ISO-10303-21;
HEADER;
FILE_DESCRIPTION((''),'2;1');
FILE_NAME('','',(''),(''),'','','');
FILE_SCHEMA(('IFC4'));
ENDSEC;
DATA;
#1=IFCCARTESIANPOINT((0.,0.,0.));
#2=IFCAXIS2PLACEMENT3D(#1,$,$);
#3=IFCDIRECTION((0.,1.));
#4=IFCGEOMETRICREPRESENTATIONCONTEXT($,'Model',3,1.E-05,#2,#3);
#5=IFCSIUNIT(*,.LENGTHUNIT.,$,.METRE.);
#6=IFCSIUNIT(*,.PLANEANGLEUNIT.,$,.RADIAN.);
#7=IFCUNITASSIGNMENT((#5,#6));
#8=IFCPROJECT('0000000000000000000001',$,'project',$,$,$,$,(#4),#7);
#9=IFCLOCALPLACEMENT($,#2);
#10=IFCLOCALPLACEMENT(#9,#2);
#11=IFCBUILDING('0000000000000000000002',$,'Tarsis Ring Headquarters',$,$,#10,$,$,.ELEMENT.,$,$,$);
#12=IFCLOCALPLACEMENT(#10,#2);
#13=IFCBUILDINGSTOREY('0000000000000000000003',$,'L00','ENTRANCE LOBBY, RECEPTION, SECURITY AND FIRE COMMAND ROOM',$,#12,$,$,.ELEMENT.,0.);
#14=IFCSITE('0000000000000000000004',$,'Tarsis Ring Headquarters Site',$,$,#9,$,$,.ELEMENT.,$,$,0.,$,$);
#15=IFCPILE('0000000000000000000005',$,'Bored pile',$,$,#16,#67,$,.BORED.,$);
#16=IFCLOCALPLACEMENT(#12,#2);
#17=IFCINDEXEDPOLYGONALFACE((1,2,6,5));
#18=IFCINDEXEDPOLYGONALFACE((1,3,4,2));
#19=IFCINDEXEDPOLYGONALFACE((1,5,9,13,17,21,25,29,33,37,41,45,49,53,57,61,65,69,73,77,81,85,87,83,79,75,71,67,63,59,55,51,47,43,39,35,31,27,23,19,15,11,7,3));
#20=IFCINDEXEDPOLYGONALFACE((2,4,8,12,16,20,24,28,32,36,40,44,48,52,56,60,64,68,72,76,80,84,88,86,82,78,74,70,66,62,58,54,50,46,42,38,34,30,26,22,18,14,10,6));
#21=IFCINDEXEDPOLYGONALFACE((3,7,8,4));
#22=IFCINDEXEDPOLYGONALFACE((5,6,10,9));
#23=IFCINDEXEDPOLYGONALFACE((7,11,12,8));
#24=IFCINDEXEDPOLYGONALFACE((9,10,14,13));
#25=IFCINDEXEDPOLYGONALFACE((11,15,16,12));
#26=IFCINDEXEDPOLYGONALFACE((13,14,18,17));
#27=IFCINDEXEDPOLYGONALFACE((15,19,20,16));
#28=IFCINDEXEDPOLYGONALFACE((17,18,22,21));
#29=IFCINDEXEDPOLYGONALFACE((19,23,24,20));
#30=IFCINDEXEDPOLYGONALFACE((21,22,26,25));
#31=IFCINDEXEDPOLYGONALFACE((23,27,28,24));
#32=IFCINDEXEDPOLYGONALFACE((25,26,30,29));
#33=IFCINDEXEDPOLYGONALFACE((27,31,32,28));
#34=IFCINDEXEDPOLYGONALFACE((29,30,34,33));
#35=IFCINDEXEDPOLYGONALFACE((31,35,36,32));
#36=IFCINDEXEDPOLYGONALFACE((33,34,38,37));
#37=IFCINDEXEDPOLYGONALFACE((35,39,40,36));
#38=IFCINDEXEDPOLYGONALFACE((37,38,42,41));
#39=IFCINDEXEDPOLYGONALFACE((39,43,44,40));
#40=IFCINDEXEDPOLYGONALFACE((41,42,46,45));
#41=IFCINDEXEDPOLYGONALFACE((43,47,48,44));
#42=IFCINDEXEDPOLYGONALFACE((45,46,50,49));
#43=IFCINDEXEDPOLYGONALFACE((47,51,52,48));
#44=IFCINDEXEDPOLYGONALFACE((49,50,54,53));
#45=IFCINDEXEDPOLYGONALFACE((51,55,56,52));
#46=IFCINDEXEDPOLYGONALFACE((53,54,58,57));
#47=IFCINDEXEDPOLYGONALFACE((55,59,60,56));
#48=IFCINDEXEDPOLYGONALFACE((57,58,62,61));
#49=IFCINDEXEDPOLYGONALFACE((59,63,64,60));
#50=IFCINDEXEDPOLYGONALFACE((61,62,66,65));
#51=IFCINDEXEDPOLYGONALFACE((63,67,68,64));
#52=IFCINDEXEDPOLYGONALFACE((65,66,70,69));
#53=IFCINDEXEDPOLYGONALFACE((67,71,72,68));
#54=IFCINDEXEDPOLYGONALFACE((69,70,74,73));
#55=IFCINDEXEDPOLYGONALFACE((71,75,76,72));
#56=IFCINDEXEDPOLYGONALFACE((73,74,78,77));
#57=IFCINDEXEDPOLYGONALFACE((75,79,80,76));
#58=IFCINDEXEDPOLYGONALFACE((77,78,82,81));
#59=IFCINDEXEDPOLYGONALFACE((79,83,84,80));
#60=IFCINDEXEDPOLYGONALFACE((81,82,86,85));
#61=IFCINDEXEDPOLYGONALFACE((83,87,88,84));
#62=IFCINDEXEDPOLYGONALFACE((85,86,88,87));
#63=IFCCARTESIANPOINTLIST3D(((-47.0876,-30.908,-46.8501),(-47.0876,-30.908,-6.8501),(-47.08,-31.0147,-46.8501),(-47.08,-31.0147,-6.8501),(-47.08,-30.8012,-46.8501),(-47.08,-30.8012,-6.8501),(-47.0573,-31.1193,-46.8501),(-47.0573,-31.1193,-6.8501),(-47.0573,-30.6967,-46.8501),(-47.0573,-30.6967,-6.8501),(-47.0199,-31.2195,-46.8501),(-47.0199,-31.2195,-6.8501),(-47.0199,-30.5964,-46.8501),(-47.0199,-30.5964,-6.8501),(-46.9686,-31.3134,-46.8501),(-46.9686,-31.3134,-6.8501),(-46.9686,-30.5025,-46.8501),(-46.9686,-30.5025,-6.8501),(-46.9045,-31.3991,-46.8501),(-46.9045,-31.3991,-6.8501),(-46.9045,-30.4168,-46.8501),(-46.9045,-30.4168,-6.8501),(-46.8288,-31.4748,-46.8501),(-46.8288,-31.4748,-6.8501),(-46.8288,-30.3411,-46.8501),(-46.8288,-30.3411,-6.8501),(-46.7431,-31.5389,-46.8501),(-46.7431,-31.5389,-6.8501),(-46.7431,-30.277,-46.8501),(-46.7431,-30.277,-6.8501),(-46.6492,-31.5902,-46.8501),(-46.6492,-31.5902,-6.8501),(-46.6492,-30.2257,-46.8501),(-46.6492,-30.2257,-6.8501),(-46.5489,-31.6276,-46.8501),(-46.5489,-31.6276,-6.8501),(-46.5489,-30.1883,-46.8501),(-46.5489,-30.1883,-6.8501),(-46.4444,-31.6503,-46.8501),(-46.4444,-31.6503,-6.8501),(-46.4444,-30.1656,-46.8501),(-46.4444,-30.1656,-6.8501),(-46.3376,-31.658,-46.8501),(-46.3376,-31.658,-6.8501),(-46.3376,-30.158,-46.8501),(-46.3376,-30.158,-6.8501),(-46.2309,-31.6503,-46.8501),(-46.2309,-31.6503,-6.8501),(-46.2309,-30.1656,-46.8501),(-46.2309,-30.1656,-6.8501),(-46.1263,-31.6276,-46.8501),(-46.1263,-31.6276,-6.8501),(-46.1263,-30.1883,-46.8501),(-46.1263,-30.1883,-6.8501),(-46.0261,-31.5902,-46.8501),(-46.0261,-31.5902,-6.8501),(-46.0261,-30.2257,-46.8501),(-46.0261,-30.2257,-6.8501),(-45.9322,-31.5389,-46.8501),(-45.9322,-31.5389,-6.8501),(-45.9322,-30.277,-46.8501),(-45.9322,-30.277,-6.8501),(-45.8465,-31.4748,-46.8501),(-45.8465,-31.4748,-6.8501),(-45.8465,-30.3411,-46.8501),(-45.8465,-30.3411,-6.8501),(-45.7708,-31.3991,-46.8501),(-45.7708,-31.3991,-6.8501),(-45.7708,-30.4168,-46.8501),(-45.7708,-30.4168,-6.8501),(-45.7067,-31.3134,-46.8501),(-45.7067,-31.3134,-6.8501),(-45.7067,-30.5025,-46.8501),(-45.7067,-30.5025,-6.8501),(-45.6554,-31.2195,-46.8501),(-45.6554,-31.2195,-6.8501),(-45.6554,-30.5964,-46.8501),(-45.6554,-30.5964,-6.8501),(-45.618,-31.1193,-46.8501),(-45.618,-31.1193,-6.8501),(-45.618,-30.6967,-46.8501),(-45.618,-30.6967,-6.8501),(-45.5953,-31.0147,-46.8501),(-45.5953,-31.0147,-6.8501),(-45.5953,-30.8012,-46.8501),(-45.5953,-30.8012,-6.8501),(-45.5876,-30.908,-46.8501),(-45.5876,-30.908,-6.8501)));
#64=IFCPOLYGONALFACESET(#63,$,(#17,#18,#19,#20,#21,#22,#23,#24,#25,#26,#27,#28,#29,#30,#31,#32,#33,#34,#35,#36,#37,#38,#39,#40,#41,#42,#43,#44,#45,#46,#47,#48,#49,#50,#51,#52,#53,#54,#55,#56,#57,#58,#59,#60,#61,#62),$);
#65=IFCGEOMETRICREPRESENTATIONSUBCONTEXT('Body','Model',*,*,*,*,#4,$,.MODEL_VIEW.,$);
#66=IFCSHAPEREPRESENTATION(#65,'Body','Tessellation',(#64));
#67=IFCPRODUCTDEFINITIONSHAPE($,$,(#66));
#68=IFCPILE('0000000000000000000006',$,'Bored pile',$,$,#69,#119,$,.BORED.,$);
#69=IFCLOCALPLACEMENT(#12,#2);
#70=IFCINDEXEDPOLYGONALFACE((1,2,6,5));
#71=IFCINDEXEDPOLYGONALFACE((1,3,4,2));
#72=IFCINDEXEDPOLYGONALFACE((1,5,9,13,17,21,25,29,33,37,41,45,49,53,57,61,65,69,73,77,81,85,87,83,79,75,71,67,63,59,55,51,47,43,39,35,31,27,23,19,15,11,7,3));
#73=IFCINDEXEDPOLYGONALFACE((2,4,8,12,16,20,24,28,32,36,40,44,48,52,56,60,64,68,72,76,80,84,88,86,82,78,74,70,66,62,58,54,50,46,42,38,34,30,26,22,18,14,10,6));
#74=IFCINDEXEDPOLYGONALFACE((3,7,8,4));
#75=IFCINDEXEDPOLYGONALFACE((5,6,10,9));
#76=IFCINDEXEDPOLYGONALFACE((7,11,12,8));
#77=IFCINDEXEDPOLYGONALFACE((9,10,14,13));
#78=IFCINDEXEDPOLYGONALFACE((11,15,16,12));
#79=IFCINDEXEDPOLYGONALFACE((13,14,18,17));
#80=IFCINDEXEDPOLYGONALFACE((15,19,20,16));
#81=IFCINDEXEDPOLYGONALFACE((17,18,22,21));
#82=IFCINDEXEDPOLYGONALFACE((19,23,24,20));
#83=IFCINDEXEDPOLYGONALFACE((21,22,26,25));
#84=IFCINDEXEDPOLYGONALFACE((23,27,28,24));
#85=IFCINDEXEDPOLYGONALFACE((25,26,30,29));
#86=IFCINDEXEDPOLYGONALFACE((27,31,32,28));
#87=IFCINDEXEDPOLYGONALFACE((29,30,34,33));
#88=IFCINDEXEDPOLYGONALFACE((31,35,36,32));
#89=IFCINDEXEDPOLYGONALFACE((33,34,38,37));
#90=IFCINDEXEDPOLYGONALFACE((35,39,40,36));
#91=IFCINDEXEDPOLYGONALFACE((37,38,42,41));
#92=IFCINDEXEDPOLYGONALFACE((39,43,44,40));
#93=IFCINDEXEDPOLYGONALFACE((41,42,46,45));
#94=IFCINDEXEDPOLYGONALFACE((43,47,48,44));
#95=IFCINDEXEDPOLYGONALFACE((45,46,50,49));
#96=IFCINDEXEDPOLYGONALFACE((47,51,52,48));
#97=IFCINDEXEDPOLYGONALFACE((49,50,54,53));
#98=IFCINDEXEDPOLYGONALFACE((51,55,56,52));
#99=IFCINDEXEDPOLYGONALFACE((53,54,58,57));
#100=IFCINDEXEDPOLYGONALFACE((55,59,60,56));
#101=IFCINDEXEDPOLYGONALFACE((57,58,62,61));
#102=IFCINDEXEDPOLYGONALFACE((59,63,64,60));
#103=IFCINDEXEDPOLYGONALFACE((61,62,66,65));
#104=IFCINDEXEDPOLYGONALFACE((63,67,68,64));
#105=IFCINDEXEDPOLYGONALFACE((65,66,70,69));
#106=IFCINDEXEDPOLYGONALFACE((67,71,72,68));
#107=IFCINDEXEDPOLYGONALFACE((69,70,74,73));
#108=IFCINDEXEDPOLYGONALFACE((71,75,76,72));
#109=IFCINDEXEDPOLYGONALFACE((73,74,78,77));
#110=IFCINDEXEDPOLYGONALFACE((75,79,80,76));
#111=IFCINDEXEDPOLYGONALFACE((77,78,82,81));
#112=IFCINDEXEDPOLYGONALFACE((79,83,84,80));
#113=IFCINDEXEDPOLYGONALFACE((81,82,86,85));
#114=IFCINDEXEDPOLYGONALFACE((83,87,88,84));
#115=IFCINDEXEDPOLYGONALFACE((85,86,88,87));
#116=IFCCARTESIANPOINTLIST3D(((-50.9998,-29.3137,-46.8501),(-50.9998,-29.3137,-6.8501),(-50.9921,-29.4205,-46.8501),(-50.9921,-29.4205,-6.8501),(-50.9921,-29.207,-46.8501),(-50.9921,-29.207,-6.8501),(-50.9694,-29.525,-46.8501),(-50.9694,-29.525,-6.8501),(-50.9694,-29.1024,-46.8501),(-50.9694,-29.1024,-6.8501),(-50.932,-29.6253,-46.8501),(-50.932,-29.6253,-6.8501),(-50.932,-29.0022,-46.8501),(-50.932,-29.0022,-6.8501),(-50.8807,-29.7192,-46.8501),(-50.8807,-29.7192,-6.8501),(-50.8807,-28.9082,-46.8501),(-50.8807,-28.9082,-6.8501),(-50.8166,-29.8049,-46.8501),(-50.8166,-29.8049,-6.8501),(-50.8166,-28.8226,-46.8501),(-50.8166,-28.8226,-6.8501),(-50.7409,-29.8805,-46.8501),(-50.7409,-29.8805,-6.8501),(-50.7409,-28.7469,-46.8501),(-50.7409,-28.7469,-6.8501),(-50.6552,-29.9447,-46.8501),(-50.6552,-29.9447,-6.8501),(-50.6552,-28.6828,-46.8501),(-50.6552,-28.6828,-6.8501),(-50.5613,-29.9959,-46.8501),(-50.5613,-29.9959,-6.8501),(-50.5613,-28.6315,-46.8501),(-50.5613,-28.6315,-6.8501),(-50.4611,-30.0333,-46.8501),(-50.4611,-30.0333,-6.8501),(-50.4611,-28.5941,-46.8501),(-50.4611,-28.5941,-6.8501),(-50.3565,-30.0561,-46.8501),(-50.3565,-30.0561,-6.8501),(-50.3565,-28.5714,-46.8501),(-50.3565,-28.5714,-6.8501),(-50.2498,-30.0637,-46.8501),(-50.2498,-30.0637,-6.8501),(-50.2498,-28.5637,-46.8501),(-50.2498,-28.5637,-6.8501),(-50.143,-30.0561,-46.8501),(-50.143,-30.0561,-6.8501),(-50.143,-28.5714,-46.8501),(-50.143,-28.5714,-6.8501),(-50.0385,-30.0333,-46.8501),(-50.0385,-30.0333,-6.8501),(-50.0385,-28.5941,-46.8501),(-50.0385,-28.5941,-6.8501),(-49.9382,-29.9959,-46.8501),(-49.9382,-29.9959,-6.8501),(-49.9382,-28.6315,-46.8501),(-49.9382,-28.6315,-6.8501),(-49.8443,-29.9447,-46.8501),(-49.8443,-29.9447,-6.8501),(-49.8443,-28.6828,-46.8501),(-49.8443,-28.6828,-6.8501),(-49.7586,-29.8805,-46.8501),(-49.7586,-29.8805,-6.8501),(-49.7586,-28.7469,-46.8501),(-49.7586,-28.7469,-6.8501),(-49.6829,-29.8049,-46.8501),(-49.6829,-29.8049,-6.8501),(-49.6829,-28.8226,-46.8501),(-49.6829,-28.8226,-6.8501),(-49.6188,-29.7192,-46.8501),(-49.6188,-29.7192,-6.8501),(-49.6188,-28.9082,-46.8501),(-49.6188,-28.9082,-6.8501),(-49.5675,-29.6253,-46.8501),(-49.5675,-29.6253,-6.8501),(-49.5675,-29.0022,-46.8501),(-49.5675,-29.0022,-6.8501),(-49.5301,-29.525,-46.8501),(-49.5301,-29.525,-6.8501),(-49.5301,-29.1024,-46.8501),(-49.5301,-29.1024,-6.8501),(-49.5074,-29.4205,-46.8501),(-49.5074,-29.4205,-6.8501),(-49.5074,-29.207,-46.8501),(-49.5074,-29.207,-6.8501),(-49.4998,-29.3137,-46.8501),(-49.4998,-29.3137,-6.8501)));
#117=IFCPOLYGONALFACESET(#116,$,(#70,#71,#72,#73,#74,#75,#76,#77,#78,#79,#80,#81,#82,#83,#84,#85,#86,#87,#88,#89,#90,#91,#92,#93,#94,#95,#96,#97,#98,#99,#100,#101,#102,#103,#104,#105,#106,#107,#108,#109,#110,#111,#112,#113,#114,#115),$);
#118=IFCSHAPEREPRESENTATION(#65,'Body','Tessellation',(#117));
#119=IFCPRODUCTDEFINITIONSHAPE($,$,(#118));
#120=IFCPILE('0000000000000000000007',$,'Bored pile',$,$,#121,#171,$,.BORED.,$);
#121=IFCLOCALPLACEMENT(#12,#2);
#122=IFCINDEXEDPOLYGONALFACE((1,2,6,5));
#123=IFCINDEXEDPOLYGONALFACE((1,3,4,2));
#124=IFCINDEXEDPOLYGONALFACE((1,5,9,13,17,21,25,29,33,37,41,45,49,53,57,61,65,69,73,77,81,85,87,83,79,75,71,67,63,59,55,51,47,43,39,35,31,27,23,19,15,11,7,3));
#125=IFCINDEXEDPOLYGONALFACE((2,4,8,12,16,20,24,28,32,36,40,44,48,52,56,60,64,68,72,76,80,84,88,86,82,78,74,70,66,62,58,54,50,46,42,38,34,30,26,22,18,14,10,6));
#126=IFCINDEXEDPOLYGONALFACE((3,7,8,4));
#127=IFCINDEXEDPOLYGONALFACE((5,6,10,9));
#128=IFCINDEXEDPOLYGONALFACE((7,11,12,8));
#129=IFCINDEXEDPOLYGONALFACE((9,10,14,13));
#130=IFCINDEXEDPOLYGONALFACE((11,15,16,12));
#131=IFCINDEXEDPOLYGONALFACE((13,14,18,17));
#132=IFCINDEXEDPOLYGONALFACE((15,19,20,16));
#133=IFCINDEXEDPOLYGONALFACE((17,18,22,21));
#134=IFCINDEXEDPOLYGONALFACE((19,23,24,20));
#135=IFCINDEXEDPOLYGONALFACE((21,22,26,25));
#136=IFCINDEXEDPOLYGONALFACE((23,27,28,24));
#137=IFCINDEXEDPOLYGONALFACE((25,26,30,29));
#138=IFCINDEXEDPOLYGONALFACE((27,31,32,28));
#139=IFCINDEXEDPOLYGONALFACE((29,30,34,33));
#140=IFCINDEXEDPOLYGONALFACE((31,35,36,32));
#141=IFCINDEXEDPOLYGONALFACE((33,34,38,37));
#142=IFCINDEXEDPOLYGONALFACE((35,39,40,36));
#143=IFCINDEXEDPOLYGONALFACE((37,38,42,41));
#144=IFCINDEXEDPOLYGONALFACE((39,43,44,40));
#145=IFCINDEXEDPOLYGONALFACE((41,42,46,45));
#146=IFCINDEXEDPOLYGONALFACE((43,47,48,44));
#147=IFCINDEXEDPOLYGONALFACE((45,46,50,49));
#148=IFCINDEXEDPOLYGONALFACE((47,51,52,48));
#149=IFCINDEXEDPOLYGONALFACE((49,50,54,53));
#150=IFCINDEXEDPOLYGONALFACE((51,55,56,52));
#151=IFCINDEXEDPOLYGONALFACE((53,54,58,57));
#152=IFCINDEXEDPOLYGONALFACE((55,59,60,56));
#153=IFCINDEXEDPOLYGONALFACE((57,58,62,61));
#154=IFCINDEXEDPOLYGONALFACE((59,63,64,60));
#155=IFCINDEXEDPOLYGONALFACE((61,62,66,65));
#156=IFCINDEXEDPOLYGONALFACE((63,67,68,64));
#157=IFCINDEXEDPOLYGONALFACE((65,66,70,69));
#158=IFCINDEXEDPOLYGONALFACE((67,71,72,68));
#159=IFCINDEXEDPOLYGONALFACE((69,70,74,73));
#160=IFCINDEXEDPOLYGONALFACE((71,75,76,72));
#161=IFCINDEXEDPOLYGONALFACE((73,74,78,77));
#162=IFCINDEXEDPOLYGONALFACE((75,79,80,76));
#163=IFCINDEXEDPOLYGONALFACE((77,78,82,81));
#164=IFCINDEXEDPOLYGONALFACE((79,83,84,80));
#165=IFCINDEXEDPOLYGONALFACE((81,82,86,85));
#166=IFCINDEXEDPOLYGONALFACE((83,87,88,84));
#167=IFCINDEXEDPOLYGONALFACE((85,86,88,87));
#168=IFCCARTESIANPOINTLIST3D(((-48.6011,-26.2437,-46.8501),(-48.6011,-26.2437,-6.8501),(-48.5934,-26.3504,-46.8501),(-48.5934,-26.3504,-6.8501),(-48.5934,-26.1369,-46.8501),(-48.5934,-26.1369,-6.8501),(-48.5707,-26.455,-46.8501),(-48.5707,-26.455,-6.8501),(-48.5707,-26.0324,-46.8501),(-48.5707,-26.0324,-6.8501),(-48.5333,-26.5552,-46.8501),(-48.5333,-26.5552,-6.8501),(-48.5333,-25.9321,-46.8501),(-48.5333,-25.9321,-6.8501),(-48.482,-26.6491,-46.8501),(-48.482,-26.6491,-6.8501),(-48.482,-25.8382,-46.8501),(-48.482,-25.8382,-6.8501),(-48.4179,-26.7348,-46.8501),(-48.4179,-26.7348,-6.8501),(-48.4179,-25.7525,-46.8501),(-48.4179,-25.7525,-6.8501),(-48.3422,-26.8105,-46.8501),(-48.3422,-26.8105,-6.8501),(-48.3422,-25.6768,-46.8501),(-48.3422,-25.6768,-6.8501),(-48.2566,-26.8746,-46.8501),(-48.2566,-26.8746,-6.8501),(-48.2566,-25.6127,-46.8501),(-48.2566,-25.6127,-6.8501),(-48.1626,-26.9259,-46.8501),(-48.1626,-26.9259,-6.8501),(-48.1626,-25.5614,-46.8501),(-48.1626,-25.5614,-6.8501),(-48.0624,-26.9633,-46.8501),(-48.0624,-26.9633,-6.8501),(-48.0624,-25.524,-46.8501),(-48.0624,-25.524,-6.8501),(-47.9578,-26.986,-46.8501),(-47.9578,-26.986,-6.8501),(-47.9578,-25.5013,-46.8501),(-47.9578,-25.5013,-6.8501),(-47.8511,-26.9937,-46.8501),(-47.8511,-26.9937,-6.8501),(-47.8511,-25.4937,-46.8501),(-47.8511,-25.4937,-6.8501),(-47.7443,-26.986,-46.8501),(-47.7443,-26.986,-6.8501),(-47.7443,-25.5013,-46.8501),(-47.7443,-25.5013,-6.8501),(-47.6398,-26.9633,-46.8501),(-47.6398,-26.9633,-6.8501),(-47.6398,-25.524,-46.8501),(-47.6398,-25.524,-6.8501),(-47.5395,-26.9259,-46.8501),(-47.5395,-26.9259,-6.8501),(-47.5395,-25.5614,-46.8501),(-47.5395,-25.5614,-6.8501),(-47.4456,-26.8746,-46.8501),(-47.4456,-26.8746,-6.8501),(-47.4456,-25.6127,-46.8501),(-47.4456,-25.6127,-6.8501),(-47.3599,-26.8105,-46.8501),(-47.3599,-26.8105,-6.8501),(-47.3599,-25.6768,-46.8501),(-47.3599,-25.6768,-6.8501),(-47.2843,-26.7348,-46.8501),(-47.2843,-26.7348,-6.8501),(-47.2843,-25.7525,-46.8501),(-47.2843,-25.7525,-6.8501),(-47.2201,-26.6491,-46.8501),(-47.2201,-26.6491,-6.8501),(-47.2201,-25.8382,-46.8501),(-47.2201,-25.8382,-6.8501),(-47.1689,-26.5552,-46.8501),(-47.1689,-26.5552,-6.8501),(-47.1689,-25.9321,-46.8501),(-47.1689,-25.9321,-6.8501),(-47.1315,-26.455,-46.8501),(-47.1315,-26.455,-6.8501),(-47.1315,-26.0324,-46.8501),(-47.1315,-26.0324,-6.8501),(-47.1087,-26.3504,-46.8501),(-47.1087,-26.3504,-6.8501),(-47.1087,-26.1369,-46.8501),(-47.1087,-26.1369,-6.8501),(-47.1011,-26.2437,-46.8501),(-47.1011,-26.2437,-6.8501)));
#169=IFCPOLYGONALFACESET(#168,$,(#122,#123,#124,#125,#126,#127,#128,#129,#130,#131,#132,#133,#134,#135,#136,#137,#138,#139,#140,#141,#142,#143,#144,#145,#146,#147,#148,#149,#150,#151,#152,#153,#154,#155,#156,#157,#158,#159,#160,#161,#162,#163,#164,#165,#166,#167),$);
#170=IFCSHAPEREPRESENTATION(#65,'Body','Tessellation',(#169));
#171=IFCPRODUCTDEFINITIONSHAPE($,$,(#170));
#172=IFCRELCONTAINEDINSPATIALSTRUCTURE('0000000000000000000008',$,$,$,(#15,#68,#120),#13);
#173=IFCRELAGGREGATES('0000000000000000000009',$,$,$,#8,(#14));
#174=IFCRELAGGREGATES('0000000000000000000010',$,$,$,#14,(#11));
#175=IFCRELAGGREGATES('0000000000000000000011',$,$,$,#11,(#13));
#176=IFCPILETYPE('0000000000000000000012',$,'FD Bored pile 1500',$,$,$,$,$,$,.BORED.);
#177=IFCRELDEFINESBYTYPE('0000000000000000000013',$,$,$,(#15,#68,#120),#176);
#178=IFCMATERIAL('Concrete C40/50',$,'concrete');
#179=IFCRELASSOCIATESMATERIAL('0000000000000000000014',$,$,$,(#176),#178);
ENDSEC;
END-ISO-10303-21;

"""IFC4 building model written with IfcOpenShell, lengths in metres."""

from ifc_helpers import new_model, si_unit, direction, frame, origin, origin_2d, place, context, subcontext, project, spatial, circle, extrude, material, material_profile, profile_set, type_object, element, save


model = new_model("IFC4")

# Units and contexts
model_context = context("Model", 3, precision=1e-05, world=origin(), true_north=direction((0.0, 1.0)))
body_context = subcontext(model_context, "Body", "Model", "MODEL_VIEW")
ifc_project = project(units=[si_unit("LENGTHUNIT", "METRE"), si_unit("PLANEANGLEUNIT", "RADIAN")], contexts=[model_context])

# Site, building, storey
site_placement = place(None, origin())
site = spatial("IfcSite", under=ifc_project, at=site_placement, Name="Tarsis Ring Headquarters Site", CompositionType="ELEMENT", RefElevation=0.0)
building_placement = place(site_placement, origin())
building = spatial("IfcBuilding", under=site, at=building_placement, Name="Tarsis Ring Headquarters", CompositionType="ELEMENT")
storey_placement = place(building_placement, origin())
storey = spatial("IfcBuildingStorey", under=building, at=storey_placement, Name="L00", Description="ENTRANCE LOBBY, RECEPTION, SECURITY AND FIRE COMMAND ROOM", CompositionType="ELEMENT", Elevation=0.0)

# Piles
ifc_material_1 = material(Name="Concrete C40/50", Category="concrete")
ifc_material_profile_1 = material_profile(ifc_material_1, circle(Radius=0.75, at=origin_2d()), Name="BORED 1500")
ifc_profile_set_1 = profile_set([ifc_material_profile_1], Name="Concrete C40/50")
pile_type = type_object("IfcPileType", Name="FD Bored pile 1500", PredefinedType="BORED", material=ifc_profile_set_1)
for number, where, z_axis, x_axis, name in (
    (1, (-46.3376, -30.908, -6.8501), (0.0, 0.0, -1.0), (1.0, 0.0, 0.0), "Bored pile"),
    (2, (-50.2498, -29.3137, -6.8501), (0.0, 0.0, -1.0), (1.0, 0.0, 0.0), "Bored pile"),
    (3, (-47.8511, -26.2437, -6.8501), (0.0, 0.0, -1.0), (1.0, 0.0, 0.0), "Bored pile"),
):
    element("IfcPile", number, at=place(storey_placement, frame(where, z_axis=z_axis, x_axis=x_axis)), inside=storey, type_object=pile_type, Name=name, PredefinedType="BORED", context=body_context, shape_type="SweptSolid", body=[
        extrude(circle(Radius=0.75, at=origin_2d()), origin(), (0.0, 0.0, 1.0), 40.0),
    ])

save(model, "model.ifc")
